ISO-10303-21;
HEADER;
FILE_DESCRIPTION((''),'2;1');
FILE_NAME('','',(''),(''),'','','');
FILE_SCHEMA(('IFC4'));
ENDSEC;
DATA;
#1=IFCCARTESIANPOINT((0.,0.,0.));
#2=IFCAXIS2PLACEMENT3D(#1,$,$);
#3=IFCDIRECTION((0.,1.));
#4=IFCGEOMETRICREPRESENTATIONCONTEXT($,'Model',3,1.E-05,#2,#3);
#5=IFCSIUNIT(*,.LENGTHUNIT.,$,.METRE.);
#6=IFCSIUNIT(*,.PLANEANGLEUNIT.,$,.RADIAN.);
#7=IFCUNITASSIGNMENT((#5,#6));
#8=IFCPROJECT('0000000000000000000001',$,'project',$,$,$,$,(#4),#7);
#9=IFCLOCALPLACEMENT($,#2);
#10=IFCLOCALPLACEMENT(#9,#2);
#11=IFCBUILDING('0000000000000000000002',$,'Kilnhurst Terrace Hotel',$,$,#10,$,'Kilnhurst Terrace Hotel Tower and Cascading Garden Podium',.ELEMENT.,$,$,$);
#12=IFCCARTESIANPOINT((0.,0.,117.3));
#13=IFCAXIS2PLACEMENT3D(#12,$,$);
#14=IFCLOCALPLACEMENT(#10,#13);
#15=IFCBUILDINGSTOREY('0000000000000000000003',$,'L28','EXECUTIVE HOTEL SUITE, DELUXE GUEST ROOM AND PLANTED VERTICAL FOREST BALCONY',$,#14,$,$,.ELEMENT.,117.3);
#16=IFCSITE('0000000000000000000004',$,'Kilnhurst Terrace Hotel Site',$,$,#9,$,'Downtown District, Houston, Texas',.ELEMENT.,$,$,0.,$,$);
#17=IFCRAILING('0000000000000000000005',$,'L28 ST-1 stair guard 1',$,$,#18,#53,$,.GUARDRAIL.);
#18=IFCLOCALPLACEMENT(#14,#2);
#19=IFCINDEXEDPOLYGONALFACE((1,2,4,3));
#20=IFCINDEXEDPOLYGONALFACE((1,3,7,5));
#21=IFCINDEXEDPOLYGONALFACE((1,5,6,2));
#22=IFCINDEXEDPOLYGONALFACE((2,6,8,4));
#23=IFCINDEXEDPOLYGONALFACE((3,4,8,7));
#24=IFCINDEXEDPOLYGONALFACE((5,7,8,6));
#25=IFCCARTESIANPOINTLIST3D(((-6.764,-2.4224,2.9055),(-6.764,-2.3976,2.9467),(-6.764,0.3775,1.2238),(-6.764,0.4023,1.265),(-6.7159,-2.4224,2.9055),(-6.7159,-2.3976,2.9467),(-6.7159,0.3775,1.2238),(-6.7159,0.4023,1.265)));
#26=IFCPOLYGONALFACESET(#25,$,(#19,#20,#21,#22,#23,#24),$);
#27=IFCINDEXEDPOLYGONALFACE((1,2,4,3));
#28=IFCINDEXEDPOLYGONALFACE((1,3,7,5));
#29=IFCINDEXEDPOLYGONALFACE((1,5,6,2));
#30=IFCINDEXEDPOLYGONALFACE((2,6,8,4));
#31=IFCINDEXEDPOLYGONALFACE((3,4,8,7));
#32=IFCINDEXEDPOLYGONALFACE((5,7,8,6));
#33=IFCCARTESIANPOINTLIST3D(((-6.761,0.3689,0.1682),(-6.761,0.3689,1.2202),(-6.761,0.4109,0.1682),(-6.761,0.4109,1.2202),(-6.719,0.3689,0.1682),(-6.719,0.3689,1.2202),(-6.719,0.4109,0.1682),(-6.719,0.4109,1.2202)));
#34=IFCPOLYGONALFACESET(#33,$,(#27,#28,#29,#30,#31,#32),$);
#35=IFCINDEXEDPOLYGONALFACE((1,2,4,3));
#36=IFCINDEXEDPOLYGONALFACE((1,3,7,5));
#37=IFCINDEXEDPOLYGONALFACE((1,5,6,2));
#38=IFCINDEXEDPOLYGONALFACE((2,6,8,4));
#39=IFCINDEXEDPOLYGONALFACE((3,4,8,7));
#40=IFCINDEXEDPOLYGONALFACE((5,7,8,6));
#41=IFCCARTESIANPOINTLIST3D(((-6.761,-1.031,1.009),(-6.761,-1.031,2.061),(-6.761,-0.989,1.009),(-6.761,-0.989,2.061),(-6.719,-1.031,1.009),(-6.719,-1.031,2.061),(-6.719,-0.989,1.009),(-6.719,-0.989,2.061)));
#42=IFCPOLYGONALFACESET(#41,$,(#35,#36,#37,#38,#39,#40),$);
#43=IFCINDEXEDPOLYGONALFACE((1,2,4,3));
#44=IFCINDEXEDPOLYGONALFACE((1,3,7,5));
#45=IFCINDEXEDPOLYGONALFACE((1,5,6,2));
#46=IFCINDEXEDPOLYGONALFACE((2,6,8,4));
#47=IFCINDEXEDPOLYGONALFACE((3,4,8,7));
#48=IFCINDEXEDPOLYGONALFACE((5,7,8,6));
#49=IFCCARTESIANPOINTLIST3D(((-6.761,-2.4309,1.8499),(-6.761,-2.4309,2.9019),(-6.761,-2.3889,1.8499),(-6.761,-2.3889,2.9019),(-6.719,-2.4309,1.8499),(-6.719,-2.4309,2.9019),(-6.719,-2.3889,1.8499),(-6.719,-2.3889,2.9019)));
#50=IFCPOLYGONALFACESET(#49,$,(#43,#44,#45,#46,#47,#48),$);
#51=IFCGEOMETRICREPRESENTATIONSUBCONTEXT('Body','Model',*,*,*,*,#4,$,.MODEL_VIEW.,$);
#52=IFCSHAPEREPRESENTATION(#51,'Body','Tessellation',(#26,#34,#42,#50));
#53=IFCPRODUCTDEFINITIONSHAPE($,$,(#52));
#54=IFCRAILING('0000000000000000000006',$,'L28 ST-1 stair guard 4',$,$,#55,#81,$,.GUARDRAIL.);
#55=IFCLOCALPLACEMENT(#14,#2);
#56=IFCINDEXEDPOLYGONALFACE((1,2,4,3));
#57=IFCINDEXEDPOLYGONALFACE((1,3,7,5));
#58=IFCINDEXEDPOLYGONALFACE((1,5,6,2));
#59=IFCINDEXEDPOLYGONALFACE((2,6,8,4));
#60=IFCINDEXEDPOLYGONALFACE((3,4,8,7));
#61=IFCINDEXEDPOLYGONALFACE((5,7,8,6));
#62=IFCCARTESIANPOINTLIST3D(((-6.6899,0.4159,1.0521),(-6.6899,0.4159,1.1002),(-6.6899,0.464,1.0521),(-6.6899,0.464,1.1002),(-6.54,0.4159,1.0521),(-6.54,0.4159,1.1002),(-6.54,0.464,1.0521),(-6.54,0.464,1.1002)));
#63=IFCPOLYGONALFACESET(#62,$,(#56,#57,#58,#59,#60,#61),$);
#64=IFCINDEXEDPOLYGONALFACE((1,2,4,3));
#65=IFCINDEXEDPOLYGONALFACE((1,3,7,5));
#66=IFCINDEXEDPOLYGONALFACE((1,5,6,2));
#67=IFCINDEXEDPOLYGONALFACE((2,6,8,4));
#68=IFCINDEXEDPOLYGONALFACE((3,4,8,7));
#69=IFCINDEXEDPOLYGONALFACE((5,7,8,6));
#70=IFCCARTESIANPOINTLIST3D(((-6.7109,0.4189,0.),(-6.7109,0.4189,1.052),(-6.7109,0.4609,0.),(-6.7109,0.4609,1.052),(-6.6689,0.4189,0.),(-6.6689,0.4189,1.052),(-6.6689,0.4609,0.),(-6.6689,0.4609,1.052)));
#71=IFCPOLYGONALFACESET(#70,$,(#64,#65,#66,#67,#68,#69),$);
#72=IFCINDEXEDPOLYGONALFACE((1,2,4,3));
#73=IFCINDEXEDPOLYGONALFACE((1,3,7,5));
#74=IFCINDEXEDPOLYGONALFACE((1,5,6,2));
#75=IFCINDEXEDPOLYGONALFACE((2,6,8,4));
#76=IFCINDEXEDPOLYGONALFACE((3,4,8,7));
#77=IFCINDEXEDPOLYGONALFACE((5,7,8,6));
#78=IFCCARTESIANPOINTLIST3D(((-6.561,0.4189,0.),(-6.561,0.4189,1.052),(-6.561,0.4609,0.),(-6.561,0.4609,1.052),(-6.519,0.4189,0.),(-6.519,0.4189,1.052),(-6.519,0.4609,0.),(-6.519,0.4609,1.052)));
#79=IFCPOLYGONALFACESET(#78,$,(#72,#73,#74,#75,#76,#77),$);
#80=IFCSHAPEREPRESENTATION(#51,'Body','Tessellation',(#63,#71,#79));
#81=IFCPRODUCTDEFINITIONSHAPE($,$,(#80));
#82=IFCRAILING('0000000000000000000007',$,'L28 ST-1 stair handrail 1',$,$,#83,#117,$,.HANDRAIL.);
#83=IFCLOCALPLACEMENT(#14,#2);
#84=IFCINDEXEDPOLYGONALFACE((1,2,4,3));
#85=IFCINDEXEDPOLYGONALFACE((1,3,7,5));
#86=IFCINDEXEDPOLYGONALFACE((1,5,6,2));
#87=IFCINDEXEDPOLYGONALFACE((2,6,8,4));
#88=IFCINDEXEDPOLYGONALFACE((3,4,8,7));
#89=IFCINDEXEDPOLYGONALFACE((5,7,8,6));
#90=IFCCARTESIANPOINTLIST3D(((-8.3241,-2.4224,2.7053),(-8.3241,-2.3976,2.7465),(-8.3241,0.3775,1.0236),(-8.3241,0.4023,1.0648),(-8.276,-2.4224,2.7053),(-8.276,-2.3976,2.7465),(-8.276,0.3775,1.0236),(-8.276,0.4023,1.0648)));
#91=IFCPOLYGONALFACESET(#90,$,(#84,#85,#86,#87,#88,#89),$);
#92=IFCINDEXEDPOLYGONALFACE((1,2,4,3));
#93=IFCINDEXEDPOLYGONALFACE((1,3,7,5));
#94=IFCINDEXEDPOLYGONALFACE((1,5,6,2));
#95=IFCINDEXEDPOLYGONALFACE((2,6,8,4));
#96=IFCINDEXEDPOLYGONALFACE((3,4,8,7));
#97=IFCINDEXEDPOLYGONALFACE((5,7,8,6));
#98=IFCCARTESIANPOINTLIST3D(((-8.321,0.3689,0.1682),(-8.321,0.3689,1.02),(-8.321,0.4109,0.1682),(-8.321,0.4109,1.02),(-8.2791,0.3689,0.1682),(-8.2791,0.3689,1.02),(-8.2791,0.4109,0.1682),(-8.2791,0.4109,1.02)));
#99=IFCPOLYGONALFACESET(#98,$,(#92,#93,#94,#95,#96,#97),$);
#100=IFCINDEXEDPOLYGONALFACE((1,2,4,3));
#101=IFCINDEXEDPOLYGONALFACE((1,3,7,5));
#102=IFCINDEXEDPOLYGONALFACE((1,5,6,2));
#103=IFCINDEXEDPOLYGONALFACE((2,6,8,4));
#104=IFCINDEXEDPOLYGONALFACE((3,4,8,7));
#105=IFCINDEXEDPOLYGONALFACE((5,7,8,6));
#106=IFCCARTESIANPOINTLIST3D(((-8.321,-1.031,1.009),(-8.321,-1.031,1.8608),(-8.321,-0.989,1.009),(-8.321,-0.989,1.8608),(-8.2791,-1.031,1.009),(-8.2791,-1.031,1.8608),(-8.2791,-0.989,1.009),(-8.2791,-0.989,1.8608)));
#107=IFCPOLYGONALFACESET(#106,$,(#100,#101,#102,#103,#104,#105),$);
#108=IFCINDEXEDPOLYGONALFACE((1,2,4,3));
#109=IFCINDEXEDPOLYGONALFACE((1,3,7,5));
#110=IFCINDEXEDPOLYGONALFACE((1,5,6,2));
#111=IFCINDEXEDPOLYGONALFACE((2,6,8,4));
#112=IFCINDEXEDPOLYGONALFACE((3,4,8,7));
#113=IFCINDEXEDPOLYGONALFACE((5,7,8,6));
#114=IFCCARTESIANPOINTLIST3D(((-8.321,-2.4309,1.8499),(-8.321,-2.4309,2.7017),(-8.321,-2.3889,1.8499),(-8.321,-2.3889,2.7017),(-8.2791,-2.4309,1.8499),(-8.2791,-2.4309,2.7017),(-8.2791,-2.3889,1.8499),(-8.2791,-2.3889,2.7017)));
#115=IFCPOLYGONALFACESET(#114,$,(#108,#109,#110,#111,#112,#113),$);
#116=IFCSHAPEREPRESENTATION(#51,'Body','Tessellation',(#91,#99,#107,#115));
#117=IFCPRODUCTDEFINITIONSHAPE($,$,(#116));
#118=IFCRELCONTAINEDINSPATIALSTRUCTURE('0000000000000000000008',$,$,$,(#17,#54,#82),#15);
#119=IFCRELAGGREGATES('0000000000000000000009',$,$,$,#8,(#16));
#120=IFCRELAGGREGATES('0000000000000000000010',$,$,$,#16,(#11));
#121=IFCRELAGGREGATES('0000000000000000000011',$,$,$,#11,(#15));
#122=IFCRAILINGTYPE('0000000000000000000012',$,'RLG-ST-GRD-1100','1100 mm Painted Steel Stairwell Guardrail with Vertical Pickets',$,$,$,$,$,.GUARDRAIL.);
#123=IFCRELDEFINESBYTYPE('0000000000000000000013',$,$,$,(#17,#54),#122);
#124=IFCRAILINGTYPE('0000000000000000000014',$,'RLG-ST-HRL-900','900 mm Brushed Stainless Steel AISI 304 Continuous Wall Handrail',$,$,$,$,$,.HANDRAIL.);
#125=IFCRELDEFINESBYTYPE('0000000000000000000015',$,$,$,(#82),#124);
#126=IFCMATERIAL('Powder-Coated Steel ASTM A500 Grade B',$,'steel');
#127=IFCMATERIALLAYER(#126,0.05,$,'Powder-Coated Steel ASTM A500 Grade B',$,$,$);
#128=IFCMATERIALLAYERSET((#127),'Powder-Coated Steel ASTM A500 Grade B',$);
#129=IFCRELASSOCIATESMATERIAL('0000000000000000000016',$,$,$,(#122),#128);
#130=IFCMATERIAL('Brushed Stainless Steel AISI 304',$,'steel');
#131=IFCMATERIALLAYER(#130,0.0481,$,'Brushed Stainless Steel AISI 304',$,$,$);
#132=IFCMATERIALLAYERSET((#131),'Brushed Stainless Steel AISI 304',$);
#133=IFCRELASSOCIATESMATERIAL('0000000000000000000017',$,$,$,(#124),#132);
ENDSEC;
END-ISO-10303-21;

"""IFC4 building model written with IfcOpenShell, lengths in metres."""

from ifc_helpers import new_model, si_unit, direction, frame, origin, origin_2d, place, context, subcontext, project, spatial, rectangle, extrude, material, layer, layer_set, type_object, element, save


model = new_model("IFC4")

# Units and contexts
model_context = context("Model", 3, precision=1e-05, world=origin(), true_north=direction((0.0, 1.0)))
body_context = subcontext(model_context, "Body", "Model", "MODEL_VIEW")
ifc_project = project(units=[si_unit("LENGTHUNIT", "METRE"), si_unit("PLANEANGLEUNIT", "RADIAN")], contexts=[model_context])

# Site, building, storey
site_placement = place(None, origin())
site = spatial("IfcSite", under=ifc_project, at=site_placement, Name="Kilnhurst Terrace Hotel Site", LongName="Downtown District, Houston, Texas", CompositionType="ELEMENT", RefElevation=0.0)
building_placement = place(site_placement, origin())
building = spatial("IfcBuilding", under=site, at=building_placement, Name="Kilnhurst Terrace Hotel", LongName="Kilnhurst Terrace Hotel Tower and Cascading Garden Podium", CompositionType="ELEMENT")
storey_placement = place(building_placement, frame((0.0, 0.0, 117.3)))
storey = spatial("IfcBuildingStorey", under=building, at=storey_placement, Name="L28", Description="EXECUTIVE HOTEL SUITE, DELUXE GUEST ROOM AND PLANTED VERTICAL FOREST BALCONY", CompositionType="ELEMENT", Elevation=117.3)

# Railings
ifc_material_1 = material(Name="Powder-Coated Steel ASTM A500 Grade B", Category="steel")
ifc_layer_1 = layer(ifc_material_1, 0.05, Name="Powder-Coated Steel ASTM A500 Grade B")
ifc_layer_set_1 = layer_set([ifc_layer_1], Name="Powder-Coated Steel ASTM A500 Grade B")
railing_type_1 = type_object("IfcRailingType", Name="RLG-ST-GRD-1100", Description="1100 mm Painted Steel Stairwell Guardrail with Vertical Pickets", PredefinedType="GUARDRAIL", material=ifc_layer_set_1)
railing_1_placement = place(storey_placement, frame((-6.74, 0.3899, 0.1682)))
element("IfcRailing", 1, at=railing_1_placement, inside=storey, type_object=railing_type_1, Name="L28 ST-1 stair guard 1", PredefinedType="GUARDRAIL", context=body_context, shape_type="SweptSolid", body=[
    extrude(rectangle(XDim=0.0481, YDim=0.0481, at=origin_2d()), frame((0.0, 0.0, 1.0762), z_axis=(0.0, -0.857255, 0.514891), x_axis=(1.0, 0.0, 0.0)), (0.0, 0.0, 1.0), 3.2661),
    extrude(rectangle(XDim=0.042, YDim=0.042, at=origin_2d()), origin(), (0.0, 0.0, 1.0), 1.052),
    extrude(rectangle(XDim=0.042, YDim=0.042, at=origin_2d()), frame((0.0, -1.3999, 0.8408)), (0.0, 0.0, 1.0), 1.052),
    extrude(rectangle(XDim=0.042, YDim=0.042, at=origin_2d()), frame((0.0, -2.7998, 1.6816)), (0.0, 0.0, 1.0), 1.052),
])
railing_2_placement = place(storey_placement, frame((-6.6899, 0.4399, 0.0)))
element("IfcRailing", 2, at=railing_2_placement, inside=storey, type_object=railing_type_1, Name="L28 ST-1 stair guard 4", PredefinedType="GUARDRAIL", context=body_context, shape_type="SweptSolid", body=[
    extrude(rectangle(XDim=0.0481, YDim=0.0481, at=origin_2d()), frame((0.0, 0.0, 1.0762), z_axis=(1.0, 0.0, 0.0), x_axis=(0.0, 1.0, 0.0)), (0.0, 0.0, 1.0), 0.1499),
    extrude(rectangle(XDim=0.042, YDim=0.042, at=origin_2d()), origin(), (0.0, 0.0, 1.0), 1.052),
    extrude(rectangle(XDim=0.042, YDim=0.042, at=origin_2d()), frame((0.1499, 0.0, 0.0)), (0.0, 0.0, 1.0), 1.052),
])
ifc_material_2 = material(Name="Brushed Stainless Steel AISI 304", Category="steel")
ifc_layer_2 = layer(ifc_material_2, 0.0481, Name="Brushed Stainless Steel AISI 304")
ifc_layer_set_2 = layer_set([ifc_layer_2], Name="Brushed Stainless Steel AISI 304")
railing_type_2 = type_object("IfcRailingType", Name="RLG-ST-HRL-900", Description="900 mm Brushed Stainless Steel AISI 304 Continuous Wall Handrail", PredefinedType="HANDRAIL", material=ifc_layer_set_2)
railing_3_placement = place(storey_placement, frame((-8.3, 0.3899, 0.1682)))
element("IfcRailing", 3, at=railing_3_placement, inside=storey, type_object=railing_type_2, Name="L28 ST-1 stair handrail 1", PredefinedType="HANDRAIL", context=body_context, shape_type="SweptSolid", body=[
    extrude(rectangle(XDim=0.0481, YDim=0.0481, at=origin_2d()), frame((0.0, 0.0, 0.876), z_axis=(0.0, -0.857255, 0.514891), x_axis=(1.0, 0.0, 0.0)), (0.0, 0.0, 1.0), 3.2661),
    extrude(rectangle(XDim=0.042, YDim=0.042, at=origin_2d()), origin(), (0.0, 0.0, 1.0), 0.8518),
    extrude(rectangle(XDim=0.042, YDim=0.042, at=origin_2d()), frame((0.0, -1.3999, 0.8408)), (0.0, 0.0, 1.0), 0.8518),
    extrude(rectangle(XDim=0.042, YDim=0.042, at=origin_2d()), frame((0.0, -2.7998, 1.6816)), (0.0, 0.0, 1.0), 0.8518),
])

save(model, "model.ifc")
